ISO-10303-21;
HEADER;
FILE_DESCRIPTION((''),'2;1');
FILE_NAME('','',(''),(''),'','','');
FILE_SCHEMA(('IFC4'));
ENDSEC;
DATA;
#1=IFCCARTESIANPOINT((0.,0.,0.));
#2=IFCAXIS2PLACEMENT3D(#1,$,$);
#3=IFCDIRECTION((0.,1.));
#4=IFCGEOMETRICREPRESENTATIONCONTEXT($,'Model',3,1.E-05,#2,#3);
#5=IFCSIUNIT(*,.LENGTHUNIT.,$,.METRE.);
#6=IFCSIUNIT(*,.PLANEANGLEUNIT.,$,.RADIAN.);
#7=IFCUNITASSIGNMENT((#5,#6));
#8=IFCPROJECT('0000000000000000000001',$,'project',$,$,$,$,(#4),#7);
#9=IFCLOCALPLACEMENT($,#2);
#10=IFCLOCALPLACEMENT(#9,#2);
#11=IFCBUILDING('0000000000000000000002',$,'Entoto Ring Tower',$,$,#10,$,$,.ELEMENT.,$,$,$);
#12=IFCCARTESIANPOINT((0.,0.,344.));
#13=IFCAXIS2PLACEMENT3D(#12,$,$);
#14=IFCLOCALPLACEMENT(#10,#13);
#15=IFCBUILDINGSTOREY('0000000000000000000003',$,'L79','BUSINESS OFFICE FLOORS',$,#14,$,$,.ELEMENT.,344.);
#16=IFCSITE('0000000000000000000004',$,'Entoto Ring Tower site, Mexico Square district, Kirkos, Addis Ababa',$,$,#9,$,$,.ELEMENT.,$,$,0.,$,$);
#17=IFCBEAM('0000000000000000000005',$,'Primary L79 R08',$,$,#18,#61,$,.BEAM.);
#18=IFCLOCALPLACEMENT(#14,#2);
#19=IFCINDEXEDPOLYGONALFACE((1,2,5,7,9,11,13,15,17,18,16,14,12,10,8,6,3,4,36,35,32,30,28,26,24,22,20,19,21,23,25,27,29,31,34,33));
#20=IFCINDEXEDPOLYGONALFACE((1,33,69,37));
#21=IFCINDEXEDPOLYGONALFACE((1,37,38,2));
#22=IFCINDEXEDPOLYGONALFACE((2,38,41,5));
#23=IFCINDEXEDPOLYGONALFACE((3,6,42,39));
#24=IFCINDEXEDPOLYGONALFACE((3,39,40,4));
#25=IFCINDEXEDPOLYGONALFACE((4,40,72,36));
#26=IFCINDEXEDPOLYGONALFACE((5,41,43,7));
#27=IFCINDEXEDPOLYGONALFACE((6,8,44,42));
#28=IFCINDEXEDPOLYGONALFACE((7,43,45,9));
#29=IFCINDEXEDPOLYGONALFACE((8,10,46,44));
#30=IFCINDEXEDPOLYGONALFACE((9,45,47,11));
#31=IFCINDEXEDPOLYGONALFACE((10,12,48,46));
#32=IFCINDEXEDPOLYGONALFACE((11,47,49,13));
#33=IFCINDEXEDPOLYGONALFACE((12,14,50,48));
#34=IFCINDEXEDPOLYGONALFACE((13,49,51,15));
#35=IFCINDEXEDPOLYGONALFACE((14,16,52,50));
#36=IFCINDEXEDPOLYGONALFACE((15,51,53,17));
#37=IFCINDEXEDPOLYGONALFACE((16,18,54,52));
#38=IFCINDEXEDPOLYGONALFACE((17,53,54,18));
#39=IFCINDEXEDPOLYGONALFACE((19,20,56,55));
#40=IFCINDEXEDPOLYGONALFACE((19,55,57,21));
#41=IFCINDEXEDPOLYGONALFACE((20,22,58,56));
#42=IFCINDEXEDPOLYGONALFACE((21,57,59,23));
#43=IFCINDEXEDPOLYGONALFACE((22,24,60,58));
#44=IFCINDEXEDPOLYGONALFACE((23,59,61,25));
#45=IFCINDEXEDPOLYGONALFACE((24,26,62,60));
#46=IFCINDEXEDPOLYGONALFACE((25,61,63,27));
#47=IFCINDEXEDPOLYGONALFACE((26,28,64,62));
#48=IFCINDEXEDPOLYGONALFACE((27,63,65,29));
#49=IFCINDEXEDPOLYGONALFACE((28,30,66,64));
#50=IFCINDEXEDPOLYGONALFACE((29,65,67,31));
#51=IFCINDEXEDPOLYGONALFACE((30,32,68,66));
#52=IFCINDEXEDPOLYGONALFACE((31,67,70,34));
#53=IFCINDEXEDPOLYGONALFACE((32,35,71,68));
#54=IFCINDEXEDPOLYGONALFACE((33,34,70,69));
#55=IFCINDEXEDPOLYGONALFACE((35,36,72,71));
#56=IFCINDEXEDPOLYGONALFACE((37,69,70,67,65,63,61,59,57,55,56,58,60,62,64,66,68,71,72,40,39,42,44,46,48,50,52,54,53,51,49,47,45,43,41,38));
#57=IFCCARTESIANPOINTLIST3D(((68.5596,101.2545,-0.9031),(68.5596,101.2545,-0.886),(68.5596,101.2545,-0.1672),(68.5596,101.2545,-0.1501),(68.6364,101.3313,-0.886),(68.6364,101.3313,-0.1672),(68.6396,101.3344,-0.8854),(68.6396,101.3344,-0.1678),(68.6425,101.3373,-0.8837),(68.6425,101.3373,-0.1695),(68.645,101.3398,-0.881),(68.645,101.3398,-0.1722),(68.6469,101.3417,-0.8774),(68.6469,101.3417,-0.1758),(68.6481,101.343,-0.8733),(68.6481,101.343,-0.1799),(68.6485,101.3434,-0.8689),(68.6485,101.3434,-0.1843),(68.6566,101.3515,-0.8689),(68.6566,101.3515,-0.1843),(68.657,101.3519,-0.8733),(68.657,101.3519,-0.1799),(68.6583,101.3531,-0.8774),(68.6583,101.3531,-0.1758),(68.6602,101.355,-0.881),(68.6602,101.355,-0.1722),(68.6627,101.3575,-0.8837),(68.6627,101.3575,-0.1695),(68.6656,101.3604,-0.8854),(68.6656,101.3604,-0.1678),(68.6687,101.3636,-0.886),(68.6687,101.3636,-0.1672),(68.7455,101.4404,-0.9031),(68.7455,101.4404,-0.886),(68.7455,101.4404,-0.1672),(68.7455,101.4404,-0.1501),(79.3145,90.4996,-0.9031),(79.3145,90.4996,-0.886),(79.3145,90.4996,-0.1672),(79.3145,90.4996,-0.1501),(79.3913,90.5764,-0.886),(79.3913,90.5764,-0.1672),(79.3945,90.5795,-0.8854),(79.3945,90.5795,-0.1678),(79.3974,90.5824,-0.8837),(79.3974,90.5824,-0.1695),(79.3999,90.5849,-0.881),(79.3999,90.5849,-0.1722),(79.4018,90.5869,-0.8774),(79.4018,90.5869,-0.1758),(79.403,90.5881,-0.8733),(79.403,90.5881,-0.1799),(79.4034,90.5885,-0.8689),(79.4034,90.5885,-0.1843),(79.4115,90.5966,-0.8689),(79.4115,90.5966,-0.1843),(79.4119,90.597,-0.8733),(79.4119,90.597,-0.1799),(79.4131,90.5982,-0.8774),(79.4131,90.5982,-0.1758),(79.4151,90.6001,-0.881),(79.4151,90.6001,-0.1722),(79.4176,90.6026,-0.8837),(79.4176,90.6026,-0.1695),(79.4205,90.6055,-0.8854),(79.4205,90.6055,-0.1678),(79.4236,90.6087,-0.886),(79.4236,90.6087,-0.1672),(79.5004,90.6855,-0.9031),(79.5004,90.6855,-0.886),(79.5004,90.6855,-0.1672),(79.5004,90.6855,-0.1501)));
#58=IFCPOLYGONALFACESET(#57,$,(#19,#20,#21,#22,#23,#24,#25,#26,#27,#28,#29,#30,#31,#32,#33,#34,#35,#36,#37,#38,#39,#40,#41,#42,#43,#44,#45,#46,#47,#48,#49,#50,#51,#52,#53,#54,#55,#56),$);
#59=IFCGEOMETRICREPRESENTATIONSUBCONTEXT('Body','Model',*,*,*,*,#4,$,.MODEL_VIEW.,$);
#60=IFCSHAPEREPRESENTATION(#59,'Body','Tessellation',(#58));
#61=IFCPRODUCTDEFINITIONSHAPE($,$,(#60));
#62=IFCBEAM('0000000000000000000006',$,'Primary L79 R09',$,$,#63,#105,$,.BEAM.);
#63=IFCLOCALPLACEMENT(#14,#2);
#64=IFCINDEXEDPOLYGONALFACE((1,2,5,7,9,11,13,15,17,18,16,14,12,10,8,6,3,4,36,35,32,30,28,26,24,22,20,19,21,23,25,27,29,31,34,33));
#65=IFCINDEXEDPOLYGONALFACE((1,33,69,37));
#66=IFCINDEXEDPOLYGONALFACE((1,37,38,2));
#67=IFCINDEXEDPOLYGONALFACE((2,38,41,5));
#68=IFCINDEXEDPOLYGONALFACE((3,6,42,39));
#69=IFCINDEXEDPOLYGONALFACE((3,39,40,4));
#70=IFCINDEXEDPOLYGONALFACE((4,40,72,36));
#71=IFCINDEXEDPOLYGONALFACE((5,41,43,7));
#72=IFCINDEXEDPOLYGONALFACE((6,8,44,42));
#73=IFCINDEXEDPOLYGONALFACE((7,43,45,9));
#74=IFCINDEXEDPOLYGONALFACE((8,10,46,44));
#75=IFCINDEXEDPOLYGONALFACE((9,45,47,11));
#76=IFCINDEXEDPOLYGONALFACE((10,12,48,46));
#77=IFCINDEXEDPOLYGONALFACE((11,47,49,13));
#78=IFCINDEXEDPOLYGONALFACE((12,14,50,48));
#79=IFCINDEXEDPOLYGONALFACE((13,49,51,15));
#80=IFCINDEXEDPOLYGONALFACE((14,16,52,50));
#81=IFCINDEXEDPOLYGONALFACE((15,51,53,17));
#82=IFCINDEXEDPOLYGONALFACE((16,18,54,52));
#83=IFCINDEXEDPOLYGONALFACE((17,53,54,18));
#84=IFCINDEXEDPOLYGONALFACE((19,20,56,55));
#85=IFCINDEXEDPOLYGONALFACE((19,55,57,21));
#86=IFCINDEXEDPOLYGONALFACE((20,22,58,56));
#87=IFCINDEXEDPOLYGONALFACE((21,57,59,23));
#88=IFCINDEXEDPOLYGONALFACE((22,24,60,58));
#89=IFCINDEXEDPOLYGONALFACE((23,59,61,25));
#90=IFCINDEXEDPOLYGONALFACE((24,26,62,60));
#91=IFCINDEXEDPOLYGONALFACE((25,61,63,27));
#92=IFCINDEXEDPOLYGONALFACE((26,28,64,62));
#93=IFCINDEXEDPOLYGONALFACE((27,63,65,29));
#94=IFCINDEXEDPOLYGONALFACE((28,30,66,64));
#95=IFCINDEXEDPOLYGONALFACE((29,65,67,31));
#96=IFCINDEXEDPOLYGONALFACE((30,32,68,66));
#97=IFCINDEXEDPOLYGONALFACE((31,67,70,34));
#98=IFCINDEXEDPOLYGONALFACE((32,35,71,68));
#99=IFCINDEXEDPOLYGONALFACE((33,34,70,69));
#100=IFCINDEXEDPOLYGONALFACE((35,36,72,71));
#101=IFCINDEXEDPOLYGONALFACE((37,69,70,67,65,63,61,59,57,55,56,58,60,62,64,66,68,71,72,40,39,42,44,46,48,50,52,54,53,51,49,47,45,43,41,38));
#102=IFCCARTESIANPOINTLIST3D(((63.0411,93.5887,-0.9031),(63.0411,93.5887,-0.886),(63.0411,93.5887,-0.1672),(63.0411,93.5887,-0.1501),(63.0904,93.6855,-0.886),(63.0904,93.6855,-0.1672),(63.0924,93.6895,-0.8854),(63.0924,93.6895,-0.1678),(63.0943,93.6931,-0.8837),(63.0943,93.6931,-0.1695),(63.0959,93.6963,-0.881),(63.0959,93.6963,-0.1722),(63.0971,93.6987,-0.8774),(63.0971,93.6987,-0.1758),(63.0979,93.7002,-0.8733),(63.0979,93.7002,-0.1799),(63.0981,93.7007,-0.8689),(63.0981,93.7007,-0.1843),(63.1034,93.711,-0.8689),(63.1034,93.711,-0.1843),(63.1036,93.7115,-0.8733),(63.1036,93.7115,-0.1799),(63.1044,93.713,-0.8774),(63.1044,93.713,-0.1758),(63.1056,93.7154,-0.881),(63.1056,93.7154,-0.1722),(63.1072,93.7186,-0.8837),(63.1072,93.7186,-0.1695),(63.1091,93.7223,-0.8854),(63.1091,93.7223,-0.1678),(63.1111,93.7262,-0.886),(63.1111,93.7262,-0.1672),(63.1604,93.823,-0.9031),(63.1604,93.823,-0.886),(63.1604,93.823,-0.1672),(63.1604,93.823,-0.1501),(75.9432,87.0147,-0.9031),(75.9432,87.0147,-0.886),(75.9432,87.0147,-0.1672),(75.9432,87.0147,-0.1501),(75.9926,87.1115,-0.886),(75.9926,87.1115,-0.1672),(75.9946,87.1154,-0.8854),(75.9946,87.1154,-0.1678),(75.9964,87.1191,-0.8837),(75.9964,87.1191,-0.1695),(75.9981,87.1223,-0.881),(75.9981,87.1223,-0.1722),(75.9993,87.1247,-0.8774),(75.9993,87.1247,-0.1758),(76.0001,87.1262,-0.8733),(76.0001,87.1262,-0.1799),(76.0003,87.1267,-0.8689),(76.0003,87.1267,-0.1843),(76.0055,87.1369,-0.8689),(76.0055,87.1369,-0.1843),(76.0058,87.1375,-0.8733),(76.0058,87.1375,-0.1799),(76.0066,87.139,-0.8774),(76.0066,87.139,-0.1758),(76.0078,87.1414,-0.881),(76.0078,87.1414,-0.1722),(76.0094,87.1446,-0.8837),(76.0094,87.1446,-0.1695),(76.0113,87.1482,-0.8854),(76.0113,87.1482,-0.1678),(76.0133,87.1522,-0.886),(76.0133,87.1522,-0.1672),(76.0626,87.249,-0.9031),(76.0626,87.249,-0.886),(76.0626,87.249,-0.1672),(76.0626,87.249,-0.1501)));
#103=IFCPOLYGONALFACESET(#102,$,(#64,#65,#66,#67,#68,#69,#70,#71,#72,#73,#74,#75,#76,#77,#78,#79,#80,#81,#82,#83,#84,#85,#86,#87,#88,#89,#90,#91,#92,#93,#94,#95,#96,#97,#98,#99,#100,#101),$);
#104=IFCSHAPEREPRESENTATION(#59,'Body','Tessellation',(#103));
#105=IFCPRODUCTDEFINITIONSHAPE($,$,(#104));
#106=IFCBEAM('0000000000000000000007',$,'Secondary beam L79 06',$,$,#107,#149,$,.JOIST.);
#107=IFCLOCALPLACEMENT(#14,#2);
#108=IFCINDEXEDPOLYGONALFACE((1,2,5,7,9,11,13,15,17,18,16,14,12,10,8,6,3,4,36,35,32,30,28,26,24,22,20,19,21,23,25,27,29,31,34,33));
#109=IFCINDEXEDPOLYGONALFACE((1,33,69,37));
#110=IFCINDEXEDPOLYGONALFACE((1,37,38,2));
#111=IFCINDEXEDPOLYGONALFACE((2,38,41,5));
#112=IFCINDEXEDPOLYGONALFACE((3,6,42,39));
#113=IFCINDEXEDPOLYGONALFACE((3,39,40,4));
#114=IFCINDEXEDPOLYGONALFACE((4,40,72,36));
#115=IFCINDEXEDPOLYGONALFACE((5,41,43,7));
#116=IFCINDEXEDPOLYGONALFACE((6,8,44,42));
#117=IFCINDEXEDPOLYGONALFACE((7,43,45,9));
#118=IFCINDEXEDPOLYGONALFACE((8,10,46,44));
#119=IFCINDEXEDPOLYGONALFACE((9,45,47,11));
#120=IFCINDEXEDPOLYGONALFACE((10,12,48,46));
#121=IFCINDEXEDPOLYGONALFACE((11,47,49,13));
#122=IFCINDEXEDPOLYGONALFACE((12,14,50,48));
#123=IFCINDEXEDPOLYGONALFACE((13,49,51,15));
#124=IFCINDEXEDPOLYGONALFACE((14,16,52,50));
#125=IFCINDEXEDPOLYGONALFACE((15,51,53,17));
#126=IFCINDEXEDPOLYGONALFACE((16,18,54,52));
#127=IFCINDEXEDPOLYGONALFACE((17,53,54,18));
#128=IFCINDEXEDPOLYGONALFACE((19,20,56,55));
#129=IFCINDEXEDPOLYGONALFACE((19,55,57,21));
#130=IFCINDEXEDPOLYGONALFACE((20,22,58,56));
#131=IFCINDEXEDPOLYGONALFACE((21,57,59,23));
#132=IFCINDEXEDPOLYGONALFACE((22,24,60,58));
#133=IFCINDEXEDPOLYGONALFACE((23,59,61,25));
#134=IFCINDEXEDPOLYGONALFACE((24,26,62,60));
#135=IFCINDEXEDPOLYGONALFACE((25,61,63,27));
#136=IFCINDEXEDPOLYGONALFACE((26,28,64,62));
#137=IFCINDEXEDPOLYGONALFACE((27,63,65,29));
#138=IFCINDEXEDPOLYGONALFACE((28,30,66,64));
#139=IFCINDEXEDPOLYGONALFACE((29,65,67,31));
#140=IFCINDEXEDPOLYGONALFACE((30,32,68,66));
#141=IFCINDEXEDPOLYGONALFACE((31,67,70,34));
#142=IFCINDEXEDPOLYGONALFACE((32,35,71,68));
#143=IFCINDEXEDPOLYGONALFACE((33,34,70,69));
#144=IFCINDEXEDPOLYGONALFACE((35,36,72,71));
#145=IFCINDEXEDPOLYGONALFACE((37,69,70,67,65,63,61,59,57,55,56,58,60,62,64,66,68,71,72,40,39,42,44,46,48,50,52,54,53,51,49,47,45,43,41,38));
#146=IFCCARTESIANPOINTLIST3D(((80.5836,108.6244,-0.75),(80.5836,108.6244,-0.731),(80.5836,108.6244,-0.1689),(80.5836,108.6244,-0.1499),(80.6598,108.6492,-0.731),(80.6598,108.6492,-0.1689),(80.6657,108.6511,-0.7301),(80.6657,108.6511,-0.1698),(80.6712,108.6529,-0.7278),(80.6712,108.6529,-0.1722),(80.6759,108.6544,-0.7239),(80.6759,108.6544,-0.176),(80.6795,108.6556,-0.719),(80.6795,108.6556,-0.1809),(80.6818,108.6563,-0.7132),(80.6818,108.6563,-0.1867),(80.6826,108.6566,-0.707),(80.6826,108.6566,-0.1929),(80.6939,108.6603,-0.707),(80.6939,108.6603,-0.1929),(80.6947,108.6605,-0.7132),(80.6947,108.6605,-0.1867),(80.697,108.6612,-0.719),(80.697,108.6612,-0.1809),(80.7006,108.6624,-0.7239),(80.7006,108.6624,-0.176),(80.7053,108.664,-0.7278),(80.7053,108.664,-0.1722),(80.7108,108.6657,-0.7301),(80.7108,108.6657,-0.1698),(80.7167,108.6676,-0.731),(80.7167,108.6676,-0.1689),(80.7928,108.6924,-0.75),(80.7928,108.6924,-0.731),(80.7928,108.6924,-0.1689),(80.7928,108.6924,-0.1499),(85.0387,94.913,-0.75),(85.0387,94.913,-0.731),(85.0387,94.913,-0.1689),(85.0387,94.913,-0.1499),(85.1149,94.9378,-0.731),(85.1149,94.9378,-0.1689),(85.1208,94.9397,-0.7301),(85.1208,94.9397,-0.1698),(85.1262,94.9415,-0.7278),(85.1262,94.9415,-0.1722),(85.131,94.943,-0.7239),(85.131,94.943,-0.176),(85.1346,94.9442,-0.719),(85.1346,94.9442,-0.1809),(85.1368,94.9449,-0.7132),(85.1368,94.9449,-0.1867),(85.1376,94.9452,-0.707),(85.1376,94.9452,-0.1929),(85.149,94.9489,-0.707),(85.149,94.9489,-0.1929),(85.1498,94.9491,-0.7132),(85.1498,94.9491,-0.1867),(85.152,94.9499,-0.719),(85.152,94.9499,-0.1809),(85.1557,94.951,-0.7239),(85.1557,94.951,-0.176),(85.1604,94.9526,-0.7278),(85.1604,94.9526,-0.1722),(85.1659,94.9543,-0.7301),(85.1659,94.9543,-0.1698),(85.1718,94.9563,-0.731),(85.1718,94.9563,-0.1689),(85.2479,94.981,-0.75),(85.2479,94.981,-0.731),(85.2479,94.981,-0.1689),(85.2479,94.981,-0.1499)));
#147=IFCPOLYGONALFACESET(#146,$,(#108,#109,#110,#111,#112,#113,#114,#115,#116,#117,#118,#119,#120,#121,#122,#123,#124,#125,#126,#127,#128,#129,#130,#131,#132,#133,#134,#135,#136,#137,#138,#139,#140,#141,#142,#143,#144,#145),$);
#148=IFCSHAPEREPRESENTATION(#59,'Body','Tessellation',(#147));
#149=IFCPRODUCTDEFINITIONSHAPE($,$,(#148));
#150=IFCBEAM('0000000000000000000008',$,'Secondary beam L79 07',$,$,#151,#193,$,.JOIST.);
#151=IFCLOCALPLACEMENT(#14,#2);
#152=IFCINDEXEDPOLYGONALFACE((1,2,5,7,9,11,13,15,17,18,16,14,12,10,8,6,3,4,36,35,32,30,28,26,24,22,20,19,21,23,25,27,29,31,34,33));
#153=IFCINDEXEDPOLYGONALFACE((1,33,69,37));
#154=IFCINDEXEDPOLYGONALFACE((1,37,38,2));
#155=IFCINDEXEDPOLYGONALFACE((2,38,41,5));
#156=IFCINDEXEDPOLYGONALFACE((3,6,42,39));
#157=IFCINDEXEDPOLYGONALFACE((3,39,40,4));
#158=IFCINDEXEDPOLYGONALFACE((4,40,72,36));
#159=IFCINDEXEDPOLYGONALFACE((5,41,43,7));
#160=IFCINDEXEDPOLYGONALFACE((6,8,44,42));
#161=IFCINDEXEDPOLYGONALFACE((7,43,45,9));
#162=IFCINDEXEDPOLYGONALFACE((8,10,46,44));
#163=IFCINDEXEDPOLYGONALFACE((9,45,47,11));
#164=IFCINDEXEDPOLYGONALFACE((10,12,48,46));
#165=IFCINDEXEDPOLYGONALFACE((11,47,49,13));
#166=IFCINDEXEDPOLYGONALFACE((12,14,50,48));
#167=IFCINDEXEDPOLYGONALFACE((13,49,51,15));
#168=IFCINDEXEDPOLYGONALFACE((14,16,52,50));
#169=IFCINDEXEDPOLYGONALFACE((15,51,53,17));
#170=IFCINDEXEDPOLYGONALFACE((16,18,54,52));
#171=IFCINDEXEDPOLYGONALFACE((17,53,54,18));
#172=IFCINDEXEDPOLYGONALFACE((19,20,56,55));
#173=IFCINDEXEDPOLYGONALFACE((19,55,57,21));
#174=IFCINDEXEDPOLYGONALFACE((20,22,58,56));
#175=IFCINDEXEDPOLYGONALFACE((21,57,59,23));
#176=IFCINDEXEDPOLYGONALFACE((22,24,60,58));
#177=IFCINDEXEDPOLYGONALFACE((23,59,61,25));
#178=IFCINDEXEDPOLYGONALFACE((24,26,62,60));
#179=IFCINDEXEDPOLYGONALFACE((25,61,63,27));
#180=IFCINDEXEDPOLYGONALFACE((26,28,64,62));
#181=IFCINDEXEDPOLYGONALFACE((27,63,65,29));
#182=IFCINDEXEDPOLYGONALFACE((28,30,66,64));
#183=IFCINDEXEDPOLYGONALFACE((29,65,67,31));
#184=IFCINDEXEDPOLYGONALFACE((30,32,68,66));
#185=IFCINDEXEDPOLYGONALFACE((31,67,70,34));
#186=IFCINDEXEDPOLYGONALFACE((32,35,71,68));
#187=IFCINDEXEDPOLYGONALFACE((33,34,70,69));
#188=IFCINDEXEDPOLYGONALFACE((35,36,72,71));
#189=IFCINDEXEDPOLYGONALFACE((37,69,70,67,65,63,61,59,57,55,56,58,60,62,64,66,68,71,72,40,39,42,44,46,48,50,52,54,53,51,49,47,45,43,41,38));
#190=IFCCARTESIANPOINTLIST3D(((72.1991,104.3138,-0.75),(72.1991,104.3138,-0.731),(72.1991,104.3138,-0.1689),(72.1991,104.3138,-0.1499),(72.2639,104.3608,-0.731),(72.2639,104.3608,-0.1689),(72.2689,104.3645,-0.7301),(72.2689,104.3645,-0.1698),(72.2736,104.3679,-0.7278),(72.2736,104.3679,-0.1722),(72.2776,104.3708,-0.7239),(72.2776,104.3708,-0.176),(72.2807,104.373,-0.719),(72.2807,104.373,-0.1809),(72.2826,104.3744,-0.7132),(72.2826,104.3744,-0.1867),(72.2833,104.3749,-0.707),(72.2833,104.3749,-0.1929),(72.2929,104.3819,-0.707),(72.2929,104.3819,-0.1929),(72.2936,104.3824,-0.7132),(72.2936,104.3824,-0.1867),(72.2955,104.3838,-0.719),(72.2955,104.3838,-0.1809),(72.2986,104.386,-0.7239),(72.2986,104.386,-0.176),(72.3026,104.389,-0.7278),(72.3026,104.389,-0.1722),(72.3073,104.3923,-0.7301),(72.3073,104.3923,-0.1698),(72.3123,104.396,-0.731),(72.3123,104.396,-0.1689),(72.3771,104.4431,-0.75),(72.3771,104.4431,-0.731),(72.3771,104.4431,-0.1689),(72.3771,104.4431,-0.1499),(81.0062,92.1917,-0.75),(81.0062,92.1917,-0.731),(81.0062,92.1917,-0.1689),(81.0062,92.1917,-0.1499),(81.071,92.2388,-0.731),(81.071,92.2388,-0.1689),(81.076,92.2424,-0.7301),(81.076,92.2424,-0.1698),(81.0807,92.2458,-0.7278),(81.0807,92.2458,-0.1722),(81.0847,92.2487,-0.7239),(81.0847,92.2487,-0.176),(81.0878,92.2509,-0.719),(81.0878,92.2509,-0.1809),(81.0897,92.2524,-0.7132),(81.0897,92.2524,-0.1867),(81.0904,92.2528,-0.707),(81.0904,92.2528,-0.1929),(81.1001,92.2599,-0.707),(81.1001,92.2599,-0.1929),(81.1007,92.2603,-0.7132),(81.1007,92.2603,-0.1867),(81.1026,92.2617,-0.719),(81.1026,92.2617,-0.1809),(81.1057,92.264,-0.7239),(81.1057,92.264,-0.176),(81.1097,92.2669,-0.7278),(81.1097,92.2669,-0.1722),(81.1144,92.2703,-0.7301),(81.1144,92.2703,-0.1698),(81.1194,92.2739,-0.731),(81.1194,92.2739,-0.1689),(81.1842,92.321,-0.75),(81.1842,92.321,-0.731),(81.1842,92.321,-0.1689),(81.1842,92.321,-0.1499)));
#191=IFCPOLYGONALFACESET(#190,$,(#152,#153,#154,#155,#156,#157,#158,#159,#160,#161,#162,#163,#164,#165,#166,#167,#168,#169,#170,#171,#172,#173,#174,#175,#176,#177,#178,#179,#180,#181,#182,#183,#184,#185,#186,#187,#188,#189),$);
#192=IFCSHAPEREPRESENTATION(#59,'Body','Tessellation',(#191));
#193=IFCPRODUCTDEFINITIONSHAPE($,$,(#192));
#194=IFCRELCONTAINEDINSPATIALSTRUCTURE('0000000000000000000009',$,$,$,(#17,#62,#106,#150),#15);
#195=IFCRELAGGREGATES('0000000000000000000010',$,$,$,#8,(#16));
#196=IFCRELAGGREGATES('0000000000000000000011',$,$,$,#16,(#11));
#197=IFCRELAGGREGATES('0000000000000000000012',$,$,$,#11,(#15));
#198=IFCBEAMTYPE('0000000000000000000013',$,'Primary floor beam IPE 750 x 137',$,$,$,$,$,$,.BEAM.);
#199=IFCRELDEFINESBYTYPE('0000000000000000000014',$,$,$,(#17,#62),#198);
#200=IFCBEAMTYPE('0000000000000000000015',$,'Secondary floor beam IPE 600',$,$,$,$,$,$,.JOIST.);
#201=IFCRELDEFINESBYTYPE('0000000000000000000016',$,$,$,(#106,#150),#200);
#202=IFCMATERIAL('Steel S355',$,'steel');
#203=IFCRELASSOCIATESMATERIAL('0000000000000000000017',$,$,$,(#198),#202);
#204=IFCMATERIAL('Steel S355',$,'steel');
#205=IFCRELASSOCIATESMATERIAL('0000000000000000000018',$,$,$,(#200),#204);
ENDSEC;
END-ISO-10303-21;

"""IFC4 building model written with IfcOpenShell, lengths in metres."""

from ifc_helpers import new_model, si_unit, direction, frame, origin, origin_2d, place, context, subcontext, project, spatial, i_section, extrude, material, material_profile, profile_set, type_object, element, save


model = new_model("IFC4")

# Units and contexts
model_context = context("Model", 3, precision=1e-05, world=origin(), true_north=direction((0.0, 1.0)))
body_context = subcontext(model_context, "Body", "Model", "MODEL_VIEW")
ifc_project = project(units=[si_unit("LENGTHUNIT", "METRE"), si_unit("PLANEANGLEUNIT", "RADIAN")], contexts=[model_context])

# Site, building, storey
site_placement = place(None, origin())
site = spatial("IfcSite", under=ifc_project, at=site_placement, Name="Entoto Ring Tower site, Mexico Square district, Kirkos, Addis Ababa", CompositionType="ELEMENT", RefElevation=0.0)
building_placement = place(site_placement, origin())
building = spatial("IfcBuilding", under=site, at=building_placement, Name="Entoto Ring Tower", CompositionType="ELEMENT")
storey_placement = place(building_placement, frame((0.0, 0.0, 344.0)))
storey = spatial("IfcBuildingStorey", under=building, at=storey_placement, Name="L79", Description="BUSINESS OFFICE FLOORS", CompositionType="ELEMENT", Elevation=344.0)

# Beams
ifc_material_1 = material(Name="Steel S355", Category="steel")
ifc_material_profile_1 = material_profile(ifc_material_1, i_section(OverallWidth=0.2629, OverallDepth=0.7529, WebThickness=0.0115, FlangeThickness=0.0171, FilletRadius=0.0171, at=origin_2d()), Name="IPE 750 x 137")
ifc_profile_set_1 = profile_set([ifc_material_profile_1], Name="Steel S355")
beam_type_1 = type_object("IfcBeamType", Name="Primary floor beam IPE 750 x 137", PredefinedType="BEAM", material=ifc_profile_set_1)
beam_1_placement = place(storey_placement, frame((79.4075, 90.5925, -0.5266), z_axis=(-0.707107, 0.707107, 0.0), x_axis=(-0.707107, -0.707107, 0.0)))
element("IfcBeam", 1, at=beam_1_placement, inside=storey, type_object=beam_type_1, Name="Primary L79 R08", PredefinedType="BEAM", context=body_context, shape_type="SweptSolid", body=[
    extrude(i_section(OverallWidth=0.2629, OverallDepth=0.7529, WebThickness=0.0115, FlangeThickness=0.0171, FilletRadius=0.0171, at=origin_2d()), origin(), (0.0, 0.0, 1.0), 15.2097),
])
beam_2_placement = place(storey_placement, frame((76.0029, 87.1318, -0.5266), z_axis=(-0.891006, 0.453992, 0.0), x_axis=(-0.453992, -0.891006, 0.0)))
element("IfcBeam", 2, at=beam_2_placement, inside=storey, type_object=beam_type_1, Name="Primary L79 R09", PredefinedType="BEAM", context=body_context, shape_type="SweptSolid", body=[
    extrude(i_section(OverallWidth=0.2629, OverallDepth=0.7529, WebThickness=0.0115, FlangeThickness=0.0171, FilletRadius=0.0171, at=origin_2d()), origin(), (0.0, 0.0, 1.0), 14.4805),
])
ifc_material_2 = material(Name="Steel S355", Category="steel")
ifc_material_profile_2 = material_profile(ifc_material_2, i_section(OverallWidth=0.22, OverallDepth=0.6001, WebThickness=0.012, FlangeThickness=0.019, FilletRadius=0.0239, at=origin_2d()), Name="IPE 600")
ifc_profile_set_2 = profile_set([ifc_material_profile_2], Name="Steel S355")
beam_type_2 = type_object("IfcBeamType", Name="Secondary floor beam IPE 600", PredefinedType="JOIST", material=ifc_profile_set_2)
beam_3_placement = place(storey_placement, frame((85.1433, 94.947, -0.45), z_axis=(-0.309015, 0.951057, 0.0), x_axis=(-0.951057, -0.309015, 0.0)))
element("IfcBeam", 3, at=beam_3_placement, inside=storey, type_object=beam_type_2, Name="Secondary beam L79 06", PredefinedType="JOIST", context=body_context, shape_type="SweptSolid", body=[
    extrude(i_section(OverallWidth=0.22, OverallDepth=0.6001, WebThickness=0.012, FlangeThickness=0.019, FilletRadius=0.0239, at=origin_2d()), origin(), (0.0, 0.0, 1.0), 14.417),
])
for number, where, z_axis, x_axis, name in (
    (4, (81.0952, 92.2563, -0.45), (-0.587782, 0.809019, 0.0), (-0.809019, -0.587782, 0.0), "Secondary beam L79 07"),
):
    element("IfcBeam", number, at=place(storey_placement, frame(where, z_axis=z_axis, x_axis=x_axis)), inside=storey, type_object=beam_type_2, Name=name, PredefinedType="JOIST", context=body_context, shape_type="SweptSolid", body=[
        extrude(i_section(OverallWidth=0.22, OverallDepth=0.6001, WebThickness=0.012, FlangeThickness=0.019, FilletRadius=0.0239, at=origin_2d()), origin(), (0.0, 0.0, 1.0), 14.9836),
    ])

save(model, "model.ifc")
